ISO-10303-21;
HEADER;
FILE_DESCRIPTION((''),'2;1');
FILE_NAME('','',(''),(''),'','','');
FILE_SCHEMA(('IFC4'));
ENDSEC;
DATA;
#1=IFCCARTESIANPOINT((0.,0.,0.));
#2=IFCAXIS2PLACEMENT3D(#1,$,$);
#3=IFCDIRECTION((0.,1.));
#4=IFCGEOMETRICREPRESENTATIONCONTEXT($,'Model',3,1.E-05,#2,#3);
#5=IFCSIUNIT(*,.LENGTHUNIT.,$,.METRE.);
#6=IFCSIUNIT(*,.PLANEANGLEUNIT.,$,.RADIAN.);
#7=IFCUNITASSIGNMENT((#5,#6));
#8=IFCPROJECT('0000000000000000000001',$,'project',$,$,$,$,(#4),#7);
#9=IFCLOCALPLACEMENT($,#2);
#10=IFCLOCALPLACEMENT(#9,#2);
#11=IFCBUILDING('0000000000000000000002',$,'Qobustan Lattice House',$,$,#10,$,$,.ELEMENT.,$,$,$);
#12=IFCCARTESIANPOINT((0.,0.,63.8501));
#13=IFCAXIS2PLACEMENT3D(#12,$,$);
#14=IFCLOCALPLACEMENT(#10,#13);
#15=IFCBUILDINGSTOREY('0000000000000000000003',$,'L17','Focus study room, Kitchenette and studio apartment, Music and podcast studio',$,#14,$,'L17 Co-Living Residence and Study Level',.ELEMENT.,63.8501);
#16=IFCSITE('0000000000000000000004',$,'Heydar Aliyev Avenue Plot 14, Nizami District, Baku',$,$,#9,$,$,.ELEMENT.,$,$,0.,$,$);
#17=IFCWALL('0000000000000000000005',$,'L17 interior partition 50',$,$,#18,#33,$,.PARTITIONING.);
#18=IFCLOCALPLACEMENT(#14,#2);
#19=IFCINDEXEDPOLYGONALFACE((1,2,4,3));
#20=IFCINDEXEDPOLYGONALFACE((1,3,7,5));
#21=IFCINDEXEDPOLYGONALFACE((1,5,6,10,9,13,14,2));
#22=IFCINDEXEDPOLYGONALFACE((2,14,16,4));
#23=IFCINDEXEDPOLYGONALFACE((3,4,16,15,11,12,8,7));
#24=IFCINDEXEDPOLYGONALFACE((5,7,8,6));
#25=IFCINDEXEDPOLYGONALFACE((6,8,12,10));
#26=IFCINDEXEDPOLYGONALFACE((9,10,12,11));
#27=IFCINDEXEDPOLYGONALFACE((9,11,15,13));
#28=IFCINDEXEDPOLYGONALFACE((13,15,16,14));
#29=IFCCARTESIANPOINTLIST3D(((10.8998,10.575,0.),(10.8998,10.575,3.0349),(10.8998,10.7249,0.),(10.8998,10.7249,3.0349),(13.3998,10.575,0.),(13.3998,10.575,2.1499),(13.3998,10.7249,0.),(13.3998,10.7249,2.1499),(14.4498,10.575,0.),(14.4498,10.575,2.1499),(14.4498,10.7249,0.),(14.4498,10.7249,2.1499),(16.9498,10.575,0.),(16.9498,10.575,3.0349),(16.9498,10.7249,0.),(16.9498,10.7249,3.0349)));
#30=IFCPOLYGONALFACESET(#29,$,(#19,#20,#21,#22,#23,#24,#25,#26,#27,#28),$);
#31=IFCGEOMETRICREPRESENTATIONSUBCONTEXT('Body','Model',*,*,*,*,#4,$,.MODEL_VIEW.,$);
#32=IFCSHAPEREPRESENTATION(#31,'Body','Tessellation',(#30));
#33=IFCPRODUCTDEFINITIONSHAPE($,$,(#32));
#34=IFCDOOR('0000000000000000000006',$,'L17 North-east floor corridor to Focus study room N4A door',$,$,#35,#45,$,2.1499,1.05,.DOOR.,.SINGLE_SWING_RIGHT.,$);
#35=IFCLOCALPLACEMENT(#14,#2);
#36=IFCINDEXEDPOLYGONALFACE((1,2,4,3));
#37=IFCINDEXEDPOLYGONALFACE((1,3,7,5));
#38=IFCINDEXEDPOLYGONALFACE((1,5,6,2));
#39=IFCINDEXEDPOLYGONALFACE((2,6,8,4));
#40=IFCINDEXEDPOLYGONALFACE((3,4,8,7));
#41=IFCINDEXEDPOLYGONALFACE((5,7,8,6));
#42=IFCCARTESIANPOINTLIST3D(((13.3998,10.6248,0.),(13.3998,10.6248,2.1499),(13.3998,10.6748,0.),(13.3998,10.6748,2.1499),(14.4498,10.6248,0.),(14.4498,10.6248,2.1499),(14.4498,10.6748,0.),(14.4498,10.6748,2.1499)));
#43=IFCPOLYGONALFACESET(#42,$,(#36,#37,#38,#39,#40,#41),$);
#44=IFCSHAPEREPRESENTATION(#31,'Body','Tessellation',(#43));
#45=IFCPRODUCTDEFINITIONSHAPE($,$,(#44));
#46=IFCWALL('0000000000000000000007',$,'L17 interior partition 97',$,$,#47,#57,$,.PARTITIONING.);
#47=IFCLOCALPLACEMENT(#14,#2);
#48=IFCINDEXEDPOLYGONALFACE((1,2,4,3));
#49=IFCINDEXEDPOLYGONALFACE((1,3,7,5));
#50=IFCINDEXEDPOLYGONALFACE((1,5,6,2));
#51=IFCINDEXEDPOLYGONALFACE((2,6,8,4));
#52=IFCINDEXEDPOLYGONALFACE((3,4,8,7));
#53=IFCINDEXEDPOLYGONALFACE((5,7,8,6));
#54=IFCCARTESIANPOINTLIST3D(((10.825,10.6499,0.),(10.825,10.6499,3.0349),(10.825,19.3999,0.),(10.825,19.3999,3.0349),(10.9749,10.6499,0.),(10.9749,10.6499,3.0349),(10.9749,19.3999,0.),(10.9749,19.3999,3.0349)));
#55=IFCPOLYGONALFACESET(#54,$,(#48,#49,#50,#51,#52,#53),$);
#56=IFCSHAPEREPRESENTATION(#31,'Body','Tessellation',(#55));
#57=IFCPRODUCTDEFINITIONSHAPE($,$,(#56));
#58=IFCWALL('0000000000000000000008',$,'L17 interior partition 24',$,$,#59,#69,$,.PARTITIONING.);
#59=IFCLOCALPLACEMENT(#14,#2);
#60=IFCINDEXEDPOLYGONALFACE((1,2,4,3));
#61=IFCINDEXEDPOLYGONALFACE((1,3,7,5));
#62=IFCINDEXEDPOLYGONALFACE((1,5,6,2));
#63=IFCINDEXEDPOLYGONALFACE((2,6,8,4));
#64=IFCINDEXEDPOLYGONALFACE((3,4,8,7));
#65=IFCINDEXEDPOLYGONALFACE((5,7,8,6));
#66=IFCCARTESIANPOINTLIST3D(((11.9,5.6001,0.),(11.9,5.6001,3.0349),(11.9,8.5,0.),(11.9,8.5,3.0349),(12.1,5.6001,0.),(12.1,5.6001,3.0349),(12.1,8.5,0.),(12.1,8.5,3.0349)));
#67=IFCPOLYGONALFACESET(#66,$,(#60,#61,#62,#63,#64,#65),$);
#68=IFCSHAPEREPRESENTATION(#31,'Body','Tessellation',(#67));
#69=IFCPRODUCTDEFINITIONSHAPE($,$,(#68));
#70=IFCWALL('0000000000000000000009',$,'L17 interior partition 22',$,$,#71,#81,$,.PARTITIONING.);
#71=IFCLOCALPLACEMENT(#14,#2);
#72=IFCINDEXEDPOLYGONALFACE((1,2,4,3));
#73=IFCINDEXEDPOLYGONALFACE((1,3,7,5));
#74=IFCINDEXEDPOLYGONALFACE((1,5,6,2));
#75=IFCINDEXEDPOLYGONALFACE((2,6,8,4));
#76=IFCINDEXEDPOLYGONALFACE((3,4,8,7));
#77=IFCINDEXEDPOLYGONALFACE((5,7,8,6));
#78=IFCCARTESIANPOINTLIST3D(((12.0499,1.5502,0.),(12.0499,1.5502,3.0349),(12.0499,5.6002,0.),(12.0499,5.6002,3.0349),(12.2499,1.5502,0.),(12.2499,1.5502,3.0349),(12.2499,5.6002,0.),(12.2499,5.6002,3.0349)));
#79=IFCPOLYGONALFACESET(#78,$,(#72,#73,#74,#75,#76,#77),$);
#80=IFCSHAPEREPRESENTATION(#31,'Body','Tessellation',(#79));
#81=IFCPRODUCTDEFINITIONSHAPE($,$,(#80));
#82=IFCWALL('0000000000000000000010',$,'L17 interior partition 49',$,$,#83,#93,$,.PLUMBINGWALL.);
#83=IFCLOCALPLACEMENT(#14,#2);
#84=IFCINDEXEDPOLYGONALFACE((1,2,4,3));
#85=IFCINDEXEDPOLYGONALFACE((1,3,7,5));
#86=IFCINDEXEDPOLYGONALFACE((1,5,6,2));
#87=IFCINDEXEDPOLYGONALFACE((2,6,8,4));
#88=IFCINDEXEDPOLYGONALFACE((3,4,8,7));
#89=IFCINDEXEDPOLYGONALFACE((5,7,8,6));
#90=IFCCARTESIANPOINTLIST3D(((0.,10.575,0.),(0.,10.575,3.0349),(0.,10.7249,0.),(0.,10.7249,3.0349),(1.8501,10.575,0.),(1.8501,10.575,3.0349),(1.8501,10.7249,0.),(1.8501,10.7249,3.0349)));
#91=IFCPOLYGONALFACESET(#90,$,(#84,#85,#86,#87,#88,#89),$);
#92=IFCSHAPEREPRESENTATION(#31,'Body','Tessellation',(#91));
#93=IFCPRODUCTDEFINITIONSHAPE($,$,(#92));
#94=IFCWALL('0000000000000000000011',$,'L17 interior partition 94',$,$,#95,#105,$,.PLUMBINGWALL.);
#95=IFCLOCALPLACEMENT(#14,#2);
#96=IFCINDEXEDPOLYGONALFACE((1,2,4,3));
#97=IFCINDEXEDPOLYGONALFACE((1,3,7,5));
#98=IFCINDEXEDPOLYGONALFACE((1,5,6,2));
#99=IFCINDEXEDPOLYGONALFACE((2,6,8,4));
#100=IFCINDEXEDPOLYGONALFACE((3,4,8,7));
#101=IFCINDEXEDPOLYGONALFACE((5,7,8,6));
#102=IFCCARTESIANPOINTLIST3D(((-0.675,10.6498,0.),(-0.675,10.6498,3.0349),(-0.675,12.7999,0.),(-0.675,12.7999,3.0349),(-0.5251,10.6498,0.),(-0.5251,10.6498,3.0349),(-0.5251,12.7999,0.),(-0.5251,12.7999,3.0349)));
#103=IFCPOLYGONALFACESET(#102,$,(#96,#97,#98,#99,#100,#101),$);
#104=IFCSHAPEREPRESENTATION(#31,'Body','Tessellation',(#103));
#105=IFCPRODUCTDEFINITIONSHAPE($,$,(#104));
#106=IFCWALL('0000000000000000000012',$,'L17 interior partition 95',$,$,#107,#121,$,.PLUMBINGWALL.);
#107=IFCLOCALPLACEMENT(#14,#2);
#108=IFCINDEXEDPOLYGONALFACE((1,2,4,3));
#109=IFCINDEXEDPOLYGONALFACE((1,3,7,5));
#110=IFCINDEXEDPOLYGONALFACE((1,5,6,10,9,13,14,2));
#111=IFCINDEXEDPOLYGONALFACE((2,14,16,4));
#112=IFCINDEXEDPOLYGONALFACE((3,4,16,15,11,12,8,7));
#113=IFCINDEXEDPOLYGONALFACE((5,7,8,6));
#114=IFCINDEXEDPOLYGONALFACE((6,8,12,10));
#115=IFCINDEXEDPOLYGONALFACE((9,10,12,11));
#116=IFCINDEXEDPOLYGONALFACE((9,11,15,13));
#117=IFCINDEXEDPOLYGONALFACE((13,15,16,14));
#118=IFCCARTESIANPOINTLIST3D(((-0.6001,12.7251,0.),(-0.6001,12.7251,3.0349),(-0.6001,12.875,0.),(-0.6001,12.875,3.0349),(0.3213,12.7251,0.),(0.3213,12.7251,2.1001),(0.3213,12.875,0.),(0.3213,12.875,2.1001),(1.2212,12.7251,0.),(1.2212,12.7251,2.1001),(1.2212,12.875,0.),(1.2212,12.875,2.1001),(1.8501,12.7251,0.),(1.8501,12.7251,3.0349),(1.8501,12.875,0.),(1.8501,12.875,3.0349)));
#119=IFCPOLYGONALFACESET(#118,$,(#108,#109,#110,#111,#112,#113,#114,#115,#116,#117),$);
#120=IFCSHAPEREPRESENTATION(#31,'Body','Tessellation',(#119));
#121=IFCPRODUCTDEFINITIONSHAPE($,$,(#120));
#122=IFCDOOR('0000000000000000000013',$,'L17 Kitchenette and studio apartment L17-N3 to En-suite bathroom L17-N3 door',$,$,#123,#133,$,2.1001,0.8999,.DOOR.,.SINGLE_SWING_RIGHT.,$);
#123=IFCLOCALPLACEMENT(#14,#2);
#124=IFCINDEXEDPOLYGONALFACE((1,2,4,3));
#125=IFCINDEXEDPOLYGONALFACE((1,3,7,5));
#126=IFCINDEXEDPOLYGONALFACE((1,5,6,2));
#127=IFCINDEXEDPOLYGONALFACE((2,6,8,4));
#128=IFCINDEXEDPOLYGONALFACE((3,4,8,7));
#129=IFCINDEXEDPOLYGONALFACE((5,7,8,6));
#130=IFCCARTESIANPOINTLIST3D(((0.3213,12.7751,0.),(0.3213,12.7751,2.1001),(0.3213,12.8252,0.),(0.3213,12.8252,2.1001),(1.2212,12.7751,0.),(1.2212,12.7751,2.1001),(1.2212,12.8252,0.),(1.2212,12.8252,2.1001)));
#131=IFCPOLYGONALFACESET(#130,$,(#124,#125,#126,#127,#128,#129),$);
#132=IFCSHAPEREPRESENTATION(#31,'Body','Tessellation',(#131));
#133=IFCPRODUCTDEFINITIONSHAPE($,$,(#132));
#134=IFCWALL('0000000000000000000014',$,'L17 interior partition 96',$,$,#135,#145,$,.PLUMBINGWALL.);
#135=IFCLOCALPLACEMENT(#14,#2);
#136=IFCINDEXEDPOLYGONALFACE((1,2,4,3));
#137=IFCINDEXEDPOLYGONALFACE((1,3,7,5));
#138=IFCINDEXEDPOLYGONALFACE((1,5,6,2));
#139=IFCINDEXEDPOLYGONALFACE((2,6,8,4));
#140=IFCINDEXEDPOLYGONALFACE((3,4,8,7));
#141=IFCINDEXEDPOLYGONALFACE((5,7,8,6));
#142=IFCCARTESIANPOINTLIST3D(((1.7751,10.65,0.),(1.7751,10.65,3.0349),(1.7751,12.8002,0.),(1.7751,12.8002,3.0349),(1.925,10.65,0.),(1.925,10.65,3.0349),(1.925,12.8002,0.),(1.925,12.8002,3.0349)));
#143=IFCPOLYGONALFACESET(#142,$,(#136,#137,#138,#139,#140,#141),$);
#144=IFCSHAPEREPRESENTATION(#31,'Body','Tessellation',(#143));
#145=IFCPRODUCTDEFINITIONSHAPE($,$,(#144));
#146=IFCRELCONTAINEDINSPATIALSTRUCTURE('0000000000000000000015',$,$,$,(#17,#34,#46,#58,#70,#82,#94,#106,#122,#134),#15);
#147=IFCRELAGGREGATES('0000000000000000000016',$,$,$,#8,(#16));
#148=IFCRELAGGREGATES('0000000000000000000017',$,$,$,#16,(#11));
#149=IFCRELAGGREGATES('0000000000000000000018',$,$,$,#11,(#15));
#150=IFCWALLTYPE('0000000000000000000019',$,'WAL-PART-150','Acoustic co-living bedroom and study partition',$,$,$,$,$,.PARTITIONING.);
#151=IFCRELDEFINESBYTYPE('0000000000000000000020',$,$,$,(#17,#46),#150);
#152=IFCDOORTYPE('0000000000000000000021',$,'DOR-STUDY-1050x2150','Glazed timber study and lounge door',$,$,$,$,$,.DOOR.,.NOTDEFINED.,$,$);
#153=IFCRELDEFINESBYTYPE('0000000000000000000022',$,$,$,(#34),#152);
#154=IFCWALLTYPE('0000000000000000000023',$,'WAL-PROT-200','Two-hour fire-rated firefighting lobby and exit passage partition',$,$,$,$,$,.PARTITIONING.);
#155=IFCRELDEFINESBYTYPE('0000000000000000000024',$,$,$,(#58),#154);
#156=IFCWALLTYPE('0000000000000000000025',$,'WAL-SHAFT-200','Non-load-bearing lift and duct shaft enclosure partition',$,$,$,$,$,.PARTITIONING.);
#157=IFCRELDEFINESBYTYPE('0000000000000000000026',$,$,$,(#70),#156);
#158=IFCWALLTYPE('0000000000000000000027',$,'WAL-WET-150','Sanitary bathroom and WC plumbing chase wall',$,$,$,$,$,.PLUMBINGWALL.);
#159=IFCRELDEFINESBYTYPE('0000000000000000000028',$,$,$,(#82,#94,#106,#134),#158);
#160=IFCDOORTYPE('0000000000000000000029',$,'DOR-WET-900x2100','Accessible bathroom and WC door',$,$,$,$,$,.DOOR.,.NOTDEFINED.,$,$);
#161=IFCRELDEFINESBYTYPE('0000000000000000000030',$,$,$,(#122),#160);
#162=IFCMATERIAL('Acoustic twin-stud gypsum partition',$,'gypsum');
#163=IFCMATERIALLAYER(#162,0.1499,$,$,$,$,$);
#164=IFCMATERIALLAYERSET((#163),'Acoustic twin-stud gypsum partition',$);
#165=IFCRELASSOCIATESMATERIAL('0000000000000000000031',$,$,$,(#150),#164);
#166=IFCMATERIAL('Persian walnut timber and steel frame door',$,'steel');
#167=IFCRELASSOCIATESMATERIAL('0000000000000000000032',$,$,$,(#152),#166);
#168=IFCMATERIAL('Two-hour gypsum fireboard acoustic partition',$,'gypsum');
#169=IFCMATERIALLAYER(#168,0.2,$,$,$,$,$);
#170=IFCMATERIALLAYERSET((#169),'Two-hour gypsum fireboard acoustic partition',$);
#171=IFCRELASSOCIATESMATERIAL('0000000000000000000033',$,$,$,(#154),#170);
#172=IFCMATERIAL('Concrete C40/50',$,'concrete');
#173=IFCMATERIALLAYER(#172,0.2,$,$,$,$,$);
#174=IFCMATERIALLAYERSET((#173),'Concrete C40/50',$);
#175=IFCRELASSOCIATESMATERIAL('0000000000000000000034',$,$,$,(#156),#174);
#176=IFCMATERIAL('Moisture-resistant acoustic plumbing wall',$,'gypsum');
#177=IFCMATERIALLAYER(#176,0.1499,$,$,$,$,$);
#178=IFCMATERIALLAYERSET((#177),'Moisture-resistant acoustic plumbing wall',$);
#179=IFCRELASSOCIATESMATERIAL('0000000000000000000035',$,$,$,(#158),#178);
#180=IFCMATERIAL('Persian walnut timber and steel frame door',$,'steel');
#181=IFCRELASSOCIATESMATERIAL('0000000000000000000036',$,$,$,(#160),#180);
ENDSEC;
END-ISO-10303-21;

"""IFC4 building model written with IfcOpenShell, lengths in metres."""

from ifc_helpers import new_model, si_unit, direction, frame, frame_2d, origin, place, context, subcontext, project, spatial, rectangle, extrude, material, layer, layer_set, type_object, element, fill, save


model = new_model("IFC4")

# Units and contexts
model_context = context("Model", 3, precision=1e-05, world=origin(), true_north=direction((0.0, 1.0)))
body_context = subcontext(model_context, "Body", "Model", "MODEL_VIEW")
ifc_project = project(units=[si_unit("LENGTHUNIT", "METRE"), si_unit("PLANEANGLEUNIT", "RADIAN")], contexts=[model_context])

# Site, building, storey
site_placement = place(None, origin())
site = spatial("IfcSite", under=ifc_project, at=site_placement, Name="Heydar Aliyev Avenue Plot 14, Nizami District, Baku", CompositionType="ELEMENT", RefElevation=0.0)
building_placement = place(site_placement, origin())
building = spatial("IfcBuilding", under=site, at=building_placement, Name="Qobustan Lattice House", CompositionType="ELEMENT")
storey_placement = place(building_placement, frame((0.0, 0.0, 63.8501)))
storey = spatial("IfcBuildingStorey", under=building, at=storey_placement, Name="L17", Description="Focus study room, Kitchenette and studio apartment, Music and podcast studio", LongName="L17 Co-Living Residence and Study Level", CompositionType="ELEMENT", Elevation=63.8501)

# Shared definitions
ifc_material_1 = material(Name="Acoustic twin-stud gypsum partition", Category="gypsum")
ifc_layer_1 = layer(ifc_material_1, 0.1499)
ifc_layer_set_1 = layer_set([ifc_layer_1], Name="Acoustic twin-stud gypsum partition")
wall_type_1 = type_object("IfcWallType", Name="WAL-PART-150", Description="Acoustic co-living bedroom and study partition", PredefinedType="PARTITIONING", material=ifc_layer_set_1)

# Wall, opening, door
wall_1_placement = place(storey_placement, frame((10.8999, 10.6499, 0.0), z_axis=(0.0, 0.0, 1.0), x_axis=(1.0, 0.0, 0.0)))
wall_1 = element("IfcWall", 1, at=wall_1_placement, inside=storey, type_object=wall_type_1, Name="L17 interior partition 50", PredefinedType="PARTITIONING", context=body_context, shape_type="SweptSolid", body=[
    extrude(rectangle(XDim=6.05, YDim=0.1499, at=frame_2d((3.0249, 0.0))), origin(), (0.0, 0.0, 1.0), 3.0349),
])
opening_1_placement = place(wall_1_placement, frame((2.5, 0.0, 0.0)))
opening_1 = element("IfcOpeningElement", 2, at=opening_1_placement, cuts=wall_1, PredefinedType="OPENING", context=body_context, shape_type="SweptSolid", body=[
    extrude(rectangle(XDim=1.05, YDim=2.1499, at=frame_2d((0.5249, 1.075))), frame((0.0, 0.085, 0.0), z_axis=(0.0, -1.0, 0.0), x_axis=(1.0, 0.0, 0.0)), (0.0, 0.0, 1.0), 0.1699),
])
ifc_material_2 = material(Name="Persian walnut timber and steel frame door", Category="steel")
door_type_1 = type_object("IfcDoorType", Name="DOR-STUDY-1050x2150", Description="Glazed timber study and lounge door", OperationType="NOTDEFINED", PredefinedType="DOOR", material=ifc_material_2)
door_1_placement = place(opening_1_placement, origin())
door_1 = element("IfcDoor", 3, at=door_1_placement, inside=storey, type_object=door_type_1, Name="L17 North-east floor corridor to Focus study room N4A door", OperationType="SINGLE_SWING_RIGHT", OverallHeight=2.1499, OverallWidth=1.05, PredefinedType="DOOR", context=body_context, shape_type="SweptSolid", body=[
    extrude(rectangle(XDim=1.05, YDim=2.1499, at=frame_2d((0.5249, 1.075))), frame((0.0, 0.0249, 0.0), z_axis=(0.0, -1.0, 0.0), x_axis=(1.0, 0.0, 0.0)), (0.0, 0.0, 1.0), 0.05),
])
fill(opening_1, door_1)

# Walls
wall_2_placement = place(storey_placement, frame((10.8999, 19.3999, 0.0), z_axis=(0.0, 0.0, 1.0), x_axis=(0.0, -1.0, 0.0)))
element("IfcWall", 4, at=wall_2_placement, inside=storey, type_object=wall_type_1, Name="L17 interior partition 97", PredefinedType="PARTITIONING", context=body_context, shape_type="SweptSolid", body=[
    extrude(rectangle(XDim=8.75, YDim=0.1499, at=frame_2d((4.375, 0.0))), origin(), (0.0, 0.0, 1.0), 3.0349),
])
ifc_material_3 = material(Name="Two-hour gypsum fireboard acoustic partition", Category="gypsum")
ifc_layer_2 = layer(ifc_material_3, 0.2)
ifc_layer_set_2 = layer_set([ifc_layer_2], Name="Two-hour gypsum fireboard acoustic partition")
wall_type_2 = type_object("IfcWallType", Name="WAL-PROT-200", Description="Two-hour fire-rated firefighting lobby and exit passage partition", PredefinedType="PARTITIONING", material=ifc_layer_set_2)
wall_3_placement = place(storey_placement, frame((12.0, 8.5, 0.0), z_axis=(0.0, 0.0, 1.0), x_axis=(0.0, -1.0, 0.0)))
element("IfcWall", 5, at=wall_3_placement, inside=storey, type_object=wall_type_2, Name="L17 interior partition 24", PredefinedType="PARTITIONING", context=body_context, shape_type="SweptSolid", body=[
    extrude(rectangle(XDim=2.8999, YDim=0.2, at=frame_2d((1.45, 0.0))), origin(), (0.0, 0.0, 1.0), 3.0349),
])
ifc_material_4 = material(Name="Concrete C40/50", Category="concrete")
ifc_layer_3 = layer(ifc_material_4, 0.2)
ifc_layer_set_3 = layer_set([ifc_layer_3], Name="Concrete C40/50")
wall_type_3 = type_object("IfcWallType", Name="WAL-SHAFT-200", Description="Non-load-bearing lift and duct shaft enclosure partition", PredefinedType="PARTITIONING", material=ifc_layer_set_3)
wall_4_placement = place(storey_placement, frame((12.1499, 5.6001, 0.0), z_axis=(0.0, 0.0, 1.0), x_axis=(0.0, -1.0, 0.0)))
element("IfcWall", 6, at=wall_4_placement, inside=storey, type_object=wall_type_3, Name="L17 interior partition 22", PredefinedType="PARTITIONING", context=body_context, shape_type="SweptSolid", body=[
    extrude(rectangle(XDim=4.05, YDim=0.2, at=frame_2d((2.0249, 0.0))), origin(), (0.0, 0.0, 1.0), 3.0349),
])
ifc_material_5 = material(Name="Moisture-resistant acoustic plumbing wall", Category="gypsum")
ifc_layer_4 = layer(ifc_material_5, 0.1499)
ifc_layer_set_4 = layer_set([ifc_layer_4], Name="Moisture-resistant acoustic plumbing wall")
wall_type_4 = type_object("IfcWallType", Name="WAL-WET-150", Description="Sanitary bathroom and WC plumbing chase wall", PredefinedType="PLUMBINGWALL", material=ifc_layer_set_4)
wall_5_placement = place(storey_placement, frame((0.0, 10.6499, 0.0), z_axis=(0.0, 0.0, 1.0), x_axis=(1.0, 0.0, 0.0)))
element("IfcWall", 7, at=wall_5_placement, inside=storey, type_object=wall_type_4, Name="L17 interior partition 49", PredefinedType="PLUMBINGWALL", context=body_context, shape_type="SweptSolid", body=[
    extrude(rectangle(XDim=1.8501, YDim=0.1499, at=frame_2d((0.925, 0.0))), origin(), (0.0, 0.0, 1.0), 3.0349),
])
wall_6_placement = place(storey_placement, frame((-0.6001, 12.8, 0.0), z_axis=(0.0, 0.0, 1.0), x_axis=(0.0, -1.0, 0.0)))
element("IfcWall", 8, at=wall_6_placement, inside=storey, type_object=wall_type_4, Name="L17 interior partition 94", PredefinedType="PLUMBINGWALL", context=body_context, shape_type="SweptSolid", body=[
    extrude(rectangle(XDim=2.1501, YDim=0.1499, at=frame_2d((1.0752, 0.0))), origin(), (0.0, 0.0, 1.0), 3.0349),
])

# Wall, opening, door
wall_7_placement = place(storey_placement, frame((1.8501, 12.8, 0.0), z_axis=(0.0, 0.0, 1.0), x_axis=(-1.0, 0.0, 0.0)))
wall_7 = element("IfcWall", 9, at=wall_7_placement, inside=storey, type_object=wall_type_4, Name="L17 interior partition 95", PredefinedType="PLUMBINGWALL", context=body_context, shape_type="SweptSolid", body=[
    extrude(rectangle(XDim=2.4502, YDim=0.1499, at=frame_2d((1.2251, 0.0))), origin(), (0.0, 0.0, 1.0), 3.0349),
])
opening_2_placement = place(wall_7_placement, frame((0.6289, 0.0, 0.0)))
opening_2 = element("IfcOpeningElement", 10, at=opening_2_placement, cuts=wall_7, PredefinedType="OPENING", context=body_context, shape_type="SweptSolid", body=[
    extrude(rectangle(XDim=0.8999, YDim=2.1001, at=frame_2d((0.45, 1.05))), frame((0.0, 0.085, 0.0), z_axis=(0.0, -1.0, 0.0), x_axis=(1.0, 0.0, 0.0)), (0.0, 0.0, 1.0), 0.1699),
])
ifc_material_6 = material(Name="Persian walnut timber and steel frame door", Category="steel")
door_type_2 = type_object("IfcDoorType", Name="DOR-WET-900x2100", Description="Accessible bathroom and WC door", OperationType="NOTDEFINED", PredefinedType="DOOR", material=ifc_material_6)
door_2_placement = place(opening_2_placement, origin())
door_2 = element("IfcDoor", 11, at=door_2_placement, inside=storey, type_object=door_type_2, Name="L17 Kitchenette and studio apartment L17-N3 to En-suite bathroom L17-N3 door", OperationType="SINGLE_SWING_RIGHT", OverallHeight=2.1001, OverallWidth=0.8999, PredefinedType="DOOR", context=body_context, shape_type="SweptSolid", body=[
    extrude(rectangle(XDim=0.8999, YDim=2.1001, at=frame_2d((0.45, 1.05))), frame((0.0, 0.0249, 0.0), z_axis=(0.0, -1.0, 0.0), x_axis=(1.0, 0.0, 0.0)), (0.0, 0.0, 1.0), 0.05),
])
fill(opening_2, door_2)

# Wall
wall_8_placement = place(storey_placement, frame((1.8501, 10.6499, 0.0), z_axis=(0.0, 0.0, 1.0), x_axis=(0.0, 1.0, 0.0)))
element("IfcWall", 12, at=wall_8_placement, inside=storey, type_object=wall_type_4, Name="L17 interior partition 96", PredefinedType="PLUMBINGWALL", context=body_context, shape_type="SweptSolid", body=[
    extrude(rectangle(XDim=2.1501, YDim=0.1499, at=frame_2d((1.0752, 0.0))), origin(), (0.0, 0.0, 1.0), 3.0349),
])

save(model, "model.ifc")
